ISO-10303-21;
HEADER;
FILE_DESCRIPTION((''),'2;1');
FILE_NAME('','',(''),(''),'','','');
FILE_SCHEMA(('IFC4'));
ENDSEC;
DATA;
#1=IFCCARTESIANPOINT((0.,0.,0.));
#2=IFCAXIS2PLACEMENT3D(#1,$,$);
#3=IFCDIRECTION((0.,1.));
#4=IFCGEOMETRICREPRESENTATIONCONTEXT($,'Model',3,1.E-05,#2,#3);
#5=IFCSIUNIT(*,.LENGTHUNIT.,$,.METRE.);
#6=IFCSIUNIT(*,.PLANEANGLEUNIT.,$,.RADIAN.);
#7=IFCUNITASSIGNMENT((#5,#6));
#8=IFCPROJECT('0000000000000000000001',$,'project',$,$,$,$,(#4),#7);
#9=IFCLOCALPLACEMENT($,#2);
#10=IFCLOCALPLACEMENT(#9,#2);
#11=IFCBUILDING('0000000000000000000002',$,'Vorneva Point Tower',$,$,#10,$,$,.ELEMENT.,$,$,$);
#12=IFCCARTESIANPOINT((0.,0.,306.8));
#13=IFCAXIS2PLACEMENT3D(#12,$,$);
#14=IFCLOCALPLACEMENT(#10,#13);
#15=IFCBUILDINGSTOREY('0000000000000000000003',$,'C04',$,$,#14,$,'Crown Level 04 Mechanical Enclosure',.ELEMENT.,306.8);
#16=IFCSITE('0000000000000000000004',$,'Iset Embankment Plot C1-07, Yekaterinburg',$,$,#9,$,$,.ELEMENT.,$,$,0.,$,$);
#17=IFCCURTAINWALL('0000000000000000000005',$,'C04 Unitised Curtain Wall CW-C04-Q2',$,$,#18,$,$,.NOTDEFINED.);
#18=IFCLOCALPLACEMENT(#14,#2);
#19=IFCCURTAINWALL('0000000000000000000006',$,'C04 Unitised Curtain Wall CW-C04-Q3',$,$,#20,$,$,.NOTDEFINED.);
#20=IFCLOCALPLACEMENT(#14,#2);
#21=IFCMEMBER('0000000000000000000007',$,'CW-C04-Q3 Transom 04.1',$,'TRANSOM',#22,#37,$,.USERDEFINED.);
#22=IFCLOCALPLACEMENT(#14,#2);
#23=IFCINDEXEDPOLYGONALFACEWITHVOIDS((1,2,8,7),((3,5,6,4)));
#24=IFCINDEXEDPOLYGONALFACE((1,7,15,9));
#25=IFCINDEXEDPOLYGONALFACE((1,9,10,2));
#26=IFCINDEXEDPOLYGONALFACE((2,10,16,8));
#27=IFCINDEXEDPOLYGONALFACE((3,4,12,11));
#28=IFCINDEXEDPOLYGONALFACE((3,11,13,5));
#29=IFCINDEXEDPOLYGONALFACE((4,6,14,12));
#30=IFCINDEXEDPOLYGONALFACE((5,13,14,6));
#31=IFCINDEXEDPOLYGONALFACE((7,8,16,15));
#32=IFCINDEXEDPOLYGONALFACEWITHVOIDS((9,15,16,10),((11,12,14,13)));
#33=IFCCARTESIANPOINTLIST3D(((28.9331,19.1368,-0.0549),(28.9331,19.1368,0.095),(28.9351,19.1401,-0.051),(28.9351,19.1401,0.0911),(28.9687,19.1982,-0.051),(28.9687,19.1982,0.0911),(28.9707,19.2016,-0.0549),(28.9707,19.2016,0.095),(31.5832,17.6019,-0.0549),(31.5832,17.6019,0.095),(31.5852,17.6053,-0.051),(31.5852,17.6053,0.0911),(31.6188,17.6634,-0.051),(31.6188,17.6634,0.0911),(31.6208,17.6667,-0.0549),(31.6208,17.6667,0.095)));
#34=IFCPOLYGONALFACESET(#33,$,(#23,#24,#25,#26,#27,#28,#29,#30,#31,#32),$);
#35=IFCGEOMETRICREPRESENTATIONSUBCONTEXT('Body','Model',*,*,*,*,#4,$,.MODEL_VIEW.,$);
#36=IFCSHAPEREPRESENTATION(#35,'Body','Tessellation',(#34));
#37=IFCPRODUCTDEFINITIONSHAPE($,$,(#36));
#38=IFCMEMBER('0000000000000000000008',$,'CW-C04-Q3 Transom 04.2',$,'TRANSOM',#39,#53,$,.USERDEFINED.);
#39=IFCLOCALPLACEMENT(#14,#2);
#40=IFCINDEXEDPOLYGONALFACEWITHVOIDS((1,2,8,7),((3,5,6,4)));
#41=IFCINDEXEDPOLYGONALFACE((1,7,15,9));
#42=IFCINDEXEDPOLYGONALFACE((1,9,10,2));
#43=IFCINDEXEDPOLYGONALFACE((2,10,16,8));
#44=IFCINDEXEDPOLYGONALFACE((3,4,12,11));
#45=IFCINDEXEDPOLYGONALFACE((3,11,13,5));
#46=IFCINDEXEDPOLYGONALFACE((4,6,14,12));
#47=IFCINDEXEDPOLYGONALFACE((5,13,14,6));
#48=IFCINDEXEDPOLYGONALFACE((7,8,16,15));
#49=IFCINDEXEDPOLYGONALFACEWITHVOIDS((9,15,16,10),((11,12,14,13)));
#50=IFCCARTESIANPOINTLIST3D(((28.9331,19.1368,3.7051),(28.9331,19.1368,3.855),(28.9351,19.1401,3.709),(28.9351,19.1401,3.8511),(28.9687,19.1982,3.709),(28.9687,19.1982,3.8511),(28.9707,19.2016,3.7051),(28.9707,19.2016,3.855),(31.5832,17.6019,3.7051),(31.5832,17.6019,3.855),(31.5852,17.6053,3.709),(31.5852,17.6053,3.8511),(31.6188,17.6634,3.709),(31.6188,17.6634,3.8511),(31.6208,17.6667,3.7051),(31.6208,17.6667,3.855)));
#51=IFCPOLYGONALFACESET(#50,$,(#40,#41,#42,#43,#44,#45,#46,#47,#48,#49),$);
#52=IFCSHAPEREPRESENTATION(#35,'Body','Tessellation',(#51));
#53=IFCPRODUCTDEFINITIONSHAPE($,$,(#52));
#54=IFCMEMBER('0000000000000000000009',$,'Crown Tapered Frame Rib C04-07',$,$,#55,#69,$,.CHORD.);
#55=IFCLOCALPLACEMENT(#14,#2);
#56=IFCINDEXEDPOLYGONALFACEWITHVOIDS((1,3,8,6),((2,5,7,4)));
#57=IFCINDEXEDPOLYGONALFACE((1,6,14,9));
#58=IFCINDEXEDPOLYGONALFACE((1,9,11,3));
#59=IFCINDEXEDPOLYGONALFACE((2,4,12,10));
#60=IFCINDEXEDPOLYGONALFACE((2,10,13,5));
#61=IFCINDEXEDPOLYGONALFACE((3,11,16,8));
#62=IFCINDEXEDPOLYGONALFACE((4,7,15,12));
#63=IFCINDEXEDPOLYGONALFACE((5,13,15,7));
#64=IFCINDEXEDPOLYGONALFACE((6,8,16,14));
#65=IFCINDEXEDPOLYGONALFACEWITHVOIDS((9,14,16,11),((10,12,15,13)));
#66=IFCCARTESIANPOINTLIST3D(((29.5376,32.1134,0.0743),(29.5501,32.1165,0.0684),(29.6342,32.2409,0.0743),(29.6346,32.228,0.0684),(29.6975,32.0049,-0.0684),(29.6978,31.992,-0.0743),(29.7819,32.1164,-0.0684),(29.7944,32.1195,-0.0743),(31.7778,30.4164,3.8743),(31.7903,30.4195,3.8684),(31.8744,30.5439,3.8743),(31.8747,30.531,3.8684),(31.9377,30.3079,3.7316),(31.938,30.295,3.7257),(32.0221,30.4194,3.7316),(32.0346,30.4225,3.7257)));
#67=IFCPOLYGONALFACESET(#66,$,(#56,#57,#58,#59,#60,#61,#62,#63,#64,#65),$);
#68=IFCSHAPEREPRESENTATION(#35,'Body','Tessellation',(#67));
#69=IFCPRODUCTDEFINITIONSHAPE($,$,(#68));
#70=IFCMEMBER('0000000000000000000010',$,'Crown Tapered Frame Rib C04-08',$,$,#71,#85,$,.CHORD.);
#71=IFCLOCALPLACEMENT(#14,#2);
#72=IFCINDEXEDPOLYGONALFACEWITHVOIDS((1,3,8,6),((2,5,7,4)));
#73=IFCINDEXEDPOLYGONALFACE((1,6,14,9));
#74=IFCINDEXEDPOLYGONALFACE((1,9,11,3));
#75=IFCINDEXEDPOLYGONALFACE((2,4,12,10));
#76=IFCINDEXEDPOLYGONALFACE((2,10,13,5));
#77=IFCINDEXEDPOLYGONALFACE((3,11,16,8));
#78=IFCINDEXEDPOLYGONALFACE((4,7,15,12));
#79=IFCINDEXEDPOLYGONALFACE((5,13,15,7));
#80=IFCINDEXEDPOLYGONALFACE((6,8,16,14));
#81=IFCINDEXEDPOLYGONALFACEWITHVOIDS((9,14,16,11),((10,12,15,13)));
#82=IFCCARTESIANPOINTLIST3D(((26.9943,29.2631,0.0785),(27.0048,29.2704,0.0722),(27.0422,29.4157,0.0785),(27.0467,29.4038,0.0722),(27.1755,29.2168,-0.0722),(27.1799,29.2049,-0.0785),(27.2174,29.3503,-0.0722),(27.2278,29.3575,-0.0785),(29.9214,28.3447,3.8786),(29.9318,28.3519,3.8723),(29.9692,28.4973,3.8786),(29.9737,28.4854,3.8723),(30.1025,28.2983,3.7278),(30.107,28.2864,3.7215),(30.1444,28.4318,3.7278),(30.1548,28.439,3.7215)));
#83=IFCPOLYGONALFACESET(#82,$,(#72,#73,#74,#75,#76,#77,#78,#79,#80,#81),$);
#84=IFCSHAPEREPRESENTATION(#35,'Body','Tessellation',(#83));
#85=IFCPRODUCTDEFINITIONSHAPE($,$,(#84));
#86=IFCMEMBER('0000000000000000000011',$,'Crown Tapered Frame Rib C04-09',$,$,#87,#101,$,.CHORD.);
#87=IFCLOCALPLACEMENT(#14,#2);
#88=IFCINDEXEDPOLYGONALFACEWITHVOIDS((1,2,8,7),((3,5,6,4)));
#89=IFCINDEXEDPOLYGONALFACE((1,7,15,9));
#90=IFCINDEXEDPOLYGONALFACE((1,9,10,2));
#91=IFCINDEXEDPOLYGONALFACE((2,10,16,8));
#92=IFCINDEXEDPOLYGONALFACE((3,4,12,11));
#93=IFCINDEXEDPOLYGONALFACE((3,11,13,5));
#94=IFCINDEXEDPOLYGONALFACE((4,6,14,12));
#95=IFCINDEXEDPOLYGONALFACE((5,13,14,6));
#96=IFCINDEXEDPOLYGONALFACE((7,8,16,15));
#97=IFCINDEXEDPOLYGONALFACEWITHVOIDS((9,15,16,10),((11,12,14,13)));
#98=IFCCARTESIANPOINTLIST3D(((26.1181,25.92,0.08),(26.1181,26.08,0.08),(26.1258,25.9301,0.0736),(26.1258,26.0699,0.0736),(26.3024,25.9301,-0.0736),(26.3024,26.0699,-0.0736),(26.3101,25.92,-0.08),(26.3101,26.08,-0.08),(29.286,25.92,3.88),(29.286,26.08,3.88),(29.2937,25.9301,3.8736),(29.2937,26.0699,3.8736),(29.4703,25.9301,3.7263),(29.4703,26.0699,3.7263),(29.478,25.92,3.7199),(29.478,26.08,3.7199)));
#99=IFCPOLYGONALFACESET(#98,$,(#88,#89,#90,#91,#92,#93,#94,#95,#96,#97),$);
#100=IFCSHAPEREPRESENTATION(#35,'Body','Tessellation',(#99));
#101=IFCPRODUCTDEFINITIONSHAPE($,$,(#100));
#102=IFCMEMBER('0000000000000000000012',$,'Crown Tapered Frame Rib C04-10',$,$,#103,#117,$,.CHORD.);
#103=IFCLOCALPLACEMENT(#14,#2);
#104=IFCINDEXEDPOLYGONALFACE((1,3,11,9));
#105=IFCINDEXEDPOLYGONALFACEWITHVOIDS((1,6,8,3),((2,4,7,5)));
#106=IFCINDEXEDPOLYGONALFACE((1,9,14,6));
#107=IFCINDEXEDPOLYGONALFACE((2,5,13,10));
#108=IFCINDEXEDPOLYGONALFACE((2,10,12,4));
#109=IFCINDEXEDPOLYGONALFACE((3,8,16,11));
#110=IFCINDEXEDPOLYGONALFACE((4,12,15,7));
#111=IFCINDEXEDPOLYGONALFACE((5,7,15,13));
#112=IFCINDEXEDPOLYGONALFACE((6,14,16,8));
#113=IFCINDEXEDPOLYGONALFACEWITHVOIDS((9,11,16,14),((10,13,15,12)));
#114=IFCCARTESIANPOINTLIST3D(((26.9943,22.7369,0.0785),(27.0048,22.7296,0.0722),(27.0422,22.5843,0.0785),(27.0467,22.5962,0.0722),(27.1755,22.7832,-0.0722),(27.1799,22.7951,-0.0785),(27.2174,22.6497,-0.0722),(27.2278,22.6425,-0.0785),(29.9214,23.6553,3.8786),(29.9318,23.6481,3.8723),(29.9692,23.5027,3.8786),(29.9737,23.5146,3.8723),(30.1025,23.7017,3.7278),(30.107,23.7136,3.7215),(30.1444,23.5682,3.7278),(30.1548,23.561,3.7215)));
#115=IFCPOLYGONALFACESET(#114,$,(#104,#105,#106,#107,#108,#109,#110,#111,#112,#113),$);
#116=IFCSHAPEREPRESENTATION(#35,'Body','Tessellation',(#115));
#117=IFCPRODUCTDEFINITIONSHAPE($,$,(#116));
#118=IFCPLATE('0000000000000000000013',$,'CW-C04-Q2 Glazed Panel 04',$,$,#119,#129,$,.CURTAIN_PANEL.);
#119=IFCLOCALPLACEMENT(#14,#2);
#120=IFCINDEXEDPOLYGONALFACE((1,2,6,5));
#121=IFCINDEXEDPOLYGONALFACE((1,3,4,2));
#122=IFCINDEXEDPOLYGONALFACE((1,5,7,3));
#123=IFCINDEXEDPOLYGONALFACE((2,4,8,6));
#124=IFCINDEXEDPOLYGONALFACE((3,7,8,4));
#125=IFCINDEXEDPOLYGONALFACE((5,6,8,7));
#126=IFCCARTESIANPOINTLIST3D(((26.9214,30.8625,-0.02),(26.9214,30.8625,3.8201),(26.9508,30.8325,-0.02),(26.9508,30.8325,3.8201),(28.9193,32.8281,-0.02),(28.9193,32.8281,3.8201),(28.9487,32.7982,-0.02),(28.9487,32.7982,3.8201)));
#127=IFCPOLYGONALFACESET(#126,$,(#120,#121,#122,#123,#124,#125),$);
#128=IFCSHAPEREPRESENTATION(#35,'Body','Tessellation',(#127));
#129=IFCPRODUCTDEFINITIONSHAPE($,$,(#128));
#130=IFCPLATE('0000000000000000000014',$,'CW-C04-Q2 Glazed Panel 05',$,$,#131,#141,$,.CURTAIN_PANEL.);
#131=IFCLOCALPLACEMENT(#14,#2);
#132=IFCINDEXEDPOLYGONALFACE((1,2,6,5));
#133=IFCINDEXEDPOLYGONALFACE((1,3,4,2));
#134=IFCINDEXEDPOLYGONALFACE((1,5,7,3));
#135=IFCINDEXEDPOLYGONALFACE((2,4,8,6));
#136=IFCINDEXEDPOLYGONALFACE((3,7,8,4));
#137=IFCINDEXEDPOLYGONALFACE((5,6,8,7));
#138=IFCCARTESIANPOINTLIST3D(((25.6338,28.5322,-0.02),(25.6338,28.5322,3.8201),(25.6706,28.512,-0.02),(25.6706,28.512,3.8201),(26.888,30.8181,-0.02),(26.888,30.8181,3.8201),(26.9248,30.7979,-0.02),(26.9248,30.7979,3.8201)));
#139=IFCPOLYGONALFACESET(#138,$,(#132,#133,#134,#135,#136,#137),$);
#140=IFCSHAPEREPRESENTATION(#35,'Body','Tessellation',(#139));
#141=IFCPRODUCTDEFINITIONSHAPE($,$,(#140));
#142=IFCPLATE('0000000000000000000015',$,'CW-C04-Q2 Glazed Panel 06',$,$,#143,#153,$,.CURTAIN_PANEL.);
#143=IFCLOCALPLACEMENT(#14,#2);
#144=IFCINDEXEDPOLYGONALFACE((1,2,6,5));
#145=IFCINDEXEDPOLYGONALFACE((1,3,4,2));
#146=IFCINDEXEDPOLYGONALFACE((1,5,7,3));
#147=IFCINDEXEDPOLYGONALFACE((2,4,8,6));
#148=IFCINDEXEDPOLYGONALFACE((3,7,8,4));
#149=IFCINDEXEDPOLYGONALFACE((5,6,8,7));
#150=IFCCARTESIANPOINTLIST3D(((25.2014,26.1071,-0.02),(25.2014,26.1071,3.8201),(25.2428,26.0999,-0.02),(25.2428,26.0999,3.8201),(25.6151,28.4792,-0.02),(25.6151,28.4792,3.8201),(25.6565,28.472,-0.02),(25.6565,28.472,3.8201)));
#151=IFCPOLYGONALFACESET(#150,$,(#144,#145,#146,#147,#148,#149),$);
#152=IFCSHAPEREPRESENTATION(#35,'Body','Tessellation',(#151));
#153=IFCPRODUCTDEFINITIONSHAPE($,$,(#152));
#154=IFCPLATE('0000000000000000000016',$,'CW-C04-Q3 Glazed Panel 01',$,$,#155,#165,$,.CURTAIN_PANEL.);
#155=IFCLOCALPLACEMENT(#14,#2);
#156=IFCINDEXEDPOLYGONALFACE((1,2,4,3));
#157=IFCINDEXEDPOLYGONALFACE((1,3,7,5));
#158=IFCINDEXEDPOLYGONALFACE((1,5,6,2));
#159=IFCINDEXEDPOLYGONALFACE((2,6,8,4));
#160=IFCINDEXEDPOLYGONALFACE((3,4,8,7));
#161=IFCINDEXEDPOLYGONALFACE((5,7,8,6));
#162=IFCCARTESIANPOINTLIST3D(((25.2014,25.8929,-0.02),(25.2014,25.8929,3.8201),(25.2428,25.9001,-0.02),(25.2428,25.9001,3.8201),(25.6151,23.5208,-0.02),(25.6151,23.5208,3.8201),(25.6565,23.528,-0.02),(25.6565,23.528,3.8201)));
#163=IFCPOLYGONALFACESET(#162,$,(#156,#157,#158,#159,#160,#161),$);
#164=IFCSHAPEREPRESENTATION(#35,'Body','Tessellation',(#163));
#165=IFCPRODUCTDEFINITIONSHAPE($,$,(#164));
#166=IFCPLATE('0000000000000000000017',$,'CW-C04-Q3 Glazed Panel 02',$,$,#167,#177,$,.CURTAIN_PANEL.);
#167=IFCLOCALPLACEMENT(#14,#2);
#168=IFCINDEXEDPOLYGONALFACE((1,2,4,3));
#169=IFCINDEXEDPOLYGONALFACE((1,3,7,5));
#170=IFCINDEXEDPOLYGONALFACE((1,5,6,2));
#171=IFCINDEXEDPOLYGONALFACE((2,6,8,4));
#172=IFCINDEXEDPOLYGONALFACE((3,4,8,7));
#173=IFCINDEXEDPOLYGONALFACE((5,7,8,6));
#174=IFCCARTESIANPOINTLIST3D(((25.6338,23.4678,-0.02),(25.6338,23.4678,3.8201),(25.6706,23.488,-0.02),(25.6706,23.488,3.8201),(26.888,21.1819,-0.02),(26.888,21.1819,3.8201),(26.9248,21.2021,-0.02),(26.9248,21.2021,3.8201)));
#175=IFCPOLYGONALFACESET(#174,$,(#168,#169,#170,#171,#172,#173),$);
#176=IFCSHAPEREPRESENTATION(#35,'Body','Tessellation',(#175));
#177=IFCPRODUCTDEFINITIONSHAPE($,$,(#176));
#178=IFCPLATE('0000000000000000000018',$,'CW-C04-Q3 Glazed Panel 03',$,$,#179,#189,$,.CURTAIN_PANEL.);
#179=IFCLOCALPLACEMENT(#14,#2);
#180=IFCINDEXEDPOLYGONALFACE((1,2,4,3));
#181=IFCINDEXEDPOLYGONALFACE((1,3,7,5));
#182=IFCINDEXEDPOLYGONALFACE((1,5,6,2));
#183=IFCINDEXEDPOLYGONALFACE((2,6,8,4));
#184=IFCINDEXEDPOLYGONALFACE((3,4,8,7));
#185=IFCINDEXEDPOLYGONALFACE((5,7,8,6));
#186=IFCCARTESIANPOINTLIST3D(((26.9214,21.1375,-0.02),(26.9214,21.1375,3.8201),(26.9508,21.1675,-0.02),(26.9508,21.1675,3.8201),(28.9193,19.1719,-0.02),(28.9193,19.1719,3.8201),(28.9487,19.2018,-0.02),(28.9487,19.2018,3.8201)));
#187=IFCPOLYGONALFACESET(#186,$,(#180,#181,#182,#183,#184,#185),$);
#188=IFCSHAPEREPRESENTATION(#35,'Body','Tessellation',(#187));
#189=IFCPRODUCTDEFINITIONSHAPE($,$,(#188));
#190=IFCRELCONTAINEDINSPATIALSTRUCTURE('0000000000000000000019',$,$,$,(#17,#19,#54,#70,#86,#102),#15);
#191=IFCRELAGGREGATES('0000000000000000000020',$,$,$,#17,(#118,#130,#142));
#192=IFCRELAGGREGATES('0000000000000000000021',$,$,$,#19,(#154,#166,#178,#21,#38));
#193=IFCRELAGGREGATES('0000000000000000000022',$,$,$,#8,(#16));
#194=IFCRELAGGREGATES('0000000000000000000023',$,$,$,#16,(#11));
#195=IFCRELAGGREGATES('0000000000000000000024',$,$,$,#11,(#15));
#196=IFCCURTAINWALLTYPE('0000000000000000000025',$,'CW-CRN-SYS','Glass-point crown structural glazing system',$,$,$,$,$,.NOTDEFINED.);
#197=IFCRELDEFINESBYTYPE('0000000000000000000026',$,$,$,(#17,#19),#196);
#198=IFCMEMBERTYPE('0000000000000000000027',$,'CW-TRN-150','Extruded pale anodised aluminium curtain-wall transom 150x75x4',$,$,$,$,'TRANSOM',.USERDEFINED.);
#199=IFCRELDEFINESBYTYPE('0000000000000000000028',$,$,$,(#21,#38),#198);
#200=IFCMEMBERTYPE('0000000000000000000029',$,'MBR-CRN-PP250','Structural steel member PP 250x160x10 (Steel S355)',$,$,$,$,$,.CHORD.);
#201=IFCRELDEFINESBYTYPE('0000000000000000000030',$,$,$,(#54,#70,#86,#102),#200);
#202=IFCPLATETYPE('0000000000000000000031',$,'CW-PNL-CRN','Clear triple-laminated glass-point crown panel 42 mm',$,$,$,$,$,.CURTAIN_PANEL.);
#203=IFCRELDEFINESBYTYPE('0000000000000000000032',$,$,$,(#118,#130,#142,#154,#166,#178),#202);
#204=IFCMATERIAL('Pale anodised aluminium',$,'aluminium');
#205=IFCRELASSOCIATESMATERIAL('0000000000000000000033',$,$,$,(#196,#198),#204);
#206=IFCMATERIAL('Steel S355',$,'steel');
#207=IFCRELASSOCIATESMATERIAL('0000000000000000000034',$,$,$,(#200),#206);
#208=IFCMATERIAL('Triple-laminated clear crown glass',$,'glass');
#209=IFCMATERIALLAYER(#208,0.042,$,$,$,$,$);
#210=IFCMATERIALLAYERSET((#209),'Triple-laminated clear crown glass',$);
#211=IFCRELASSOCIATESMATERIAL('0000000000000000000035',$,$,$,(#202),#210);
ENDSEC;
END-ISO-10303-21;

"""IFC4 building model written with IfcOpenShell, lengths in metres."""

from ifc_helpers import new_model, si_unit, direction, frame, origin, origin_2d, place, context, subcontext, project, spatial, rectangle, hollow_rectangle, extrude, material, layer, layer_set, material_profile, profile_set, type_object, element, aggregate, save


model = new_model("IFC4")

# Units and contexts
model_context = context("Model", 3, precision=1e-05, world=origin(), true_north=direction((0.0, 1.0)))
body_context = subcontext(model_context, "Body", "Model", "MODEL_VIEW")
ifc_project = project(units=[si_unit("LENGTHUNIT", "METRE"), si_unit("PLANEANGLEUNIT", "RADIAN")], contexts=[model_context])

# Site, building, storey
site_placement = place(None, origin())
site = spatial("IfcSite", under=ifc_project, at=site_placement, Name="Iset Embankment Plot C1-07, Yekaterinburg", CompositionType="ELEMENT", RefElevation=0.0)
building_placement = place(site_placement, origin())
building = spatial("IfcBuilding", under=site, at=building_placement, Name="Vorneva Point Tower", CompositionType="ELEMENT")
storey_placement = place(building_placement, frame((0.0, 0.0, 306.8)))
storey = spatial("IfcBuildingStorey", under=building, at=storey_placement, Name="C04", LongName="Crown Level 04 Mechanical Enclosure", CompositionType="ELEMENT", Elevation=306.8)

# Shared definitions
ifc_material_1 = material(Name="Steel S355", Category="steel")

# Curtain walls
ifc_material_2 = material(Name="Pale anodised aluminium", Category="aluminium")
curtain_wall_type = type_object("IfcCurtainWallType", Name="CW-CRN-SYS", Description="Glass-point crown structural glazing system", PredefinedType="NOTDEFINED", material=ifc_material_2)
curtain_wall_1_placement = place(storey_placement, origin())
curtain_wall_1 = element("IfcCurtainWall", 1, at=curtain_wall_1_placement, inside=storey, type_object=curtain_wall_type, Name="C04 Unitised Curtain Wall CW-C04-Q2", PredefinedType="NOTDEFINED")
curtain_wall_2_placement = place(storey_placement, origin())
curtain_wall_2 = element("IfcCurtainWall", 2, at=curtain_wall_2_placement, inside=storey, type_object=curtain_wall_type, Name="C04 Unitised Curtain Wall CW-C04-Q3", PredefinedType="NOTDEFINED")

# Members
ifc_material_profile_1 = material_profile(ifc_material_2, hollow_rectangle(XDim=0.075, YDim=0.1499, WallThickness=0.0039, at=origin_2d()), Name="AL-TRN 150x75x4")
ifc_profile_set_1 = profile_set([ifc_material_profile_1], Name="Pale anodised aluminium")
member_type_1 = type_object("IfcMemberType", Name="CW-TRN-150", Description="Extruded pale anodised aluminium curtain-wall transom 150x75x4", ElementType="TRANSOM", PredefinedType="USERDEFINED", material=ifc_profile_set_1)
member_1_placement = place(storey_placement, frame((28.9519, 19.1692, 0.02), z_axis=(0.865339, -0.501187, 0.0), x_axis=(0.501187, 0.865339, 0.0)))
member_1 = element("IfcMember", 3, at=member_1_placement, type_object=member_type_1, Name="CW-C04-Q3 Transom 04.1", ObjectType="TRANSOM", PredefinedType="USERDEFINED", context=body_context, shape_type="SweptSolid", body=[
    extrude(hollow_rectangle(XDim=0.075, YDim=0.1499, WallThickness=0.0039, at=origin_2d()), origin(), (0.0, 0.0, 1.0), 3.0625),
])
member_2_placement = place(storey_placement, frame((28.9519, 19.1692, 3.78), z_axis=(0.865339, -0.501187, 0.0), x_axis=(0.501187, 0.865339, 0.0)))
member_2 = element("IfcMember", 4, at=member_2_placement, type_object=member_type_1, Name="CW-C04-Q3 Transom 04.2", ObjectType="TRANSOM", PredefinedType="USERDEFINED", context=body_context, shape_type="SweptSolid", body=[
    extrude(hollow_rectangle(XDim=0.075, YDim=0.1499, WallThickness=0.0039, at=origin_2d()), origin(), (0.0, 0.0, 1.0), 3.0625),
])

# Members
ifc_material_profile_2 = material_profile(ifc_material_1, hollow_rectangle(XDim=0.1599, YDim=0.25, WallThickness=0.01, at=origin_2d()), Name="PP 250x160x10")
ifc_profile_set_2 = profile_set([ifc_material_profile_2], Name="Steel S355")
member_type_2 = type_object("IfcMemberType", Name="MBR-CRN-PP250", Description="Structural steel member PP 250x160x10 (Steel S355)", PredefinedType="CHORD", material=ifc_profile_set_2)
member_3_placement = place(storey_placement, frame((29.666, 32.1165, 0.0), z_axis=(0.473983, -0.359051, 0.804004), x_axis=(0.603829, 0.797114, 0.0)))
element("IfcMember", 5, at=member_3_placement, inside=storey, type_object=member_type_2, Name="Crown Tapered Frame Rib C04-07", PredefinedType="CHORD", context=body_context, shape_type="SweptSolid", body=[
    extrude(hollow_rectangle(XDim=0.1599, YDim=0.25, WallThickness=0.01, at=origin_2d()), origin(), (0.0, 0.0, 1.0), 4.7263),
])
member_4_placement = place(storey_placement, frame((27.1111, 29.3103, 0.0), z_axis=(0.599332, -0.188063, 0.778096), x_axis=(0.299394, 0.95413, 0.0)))
element("IfcMember", 6, at=member_4_placement, inside=storey, type_object=member_type_2, Name="Crown Tapered Frame Rib C04-08", PredefinedType="CHORD", context=body_context, shape_type="SweptSolid", body=[
    extrude(hollow_rectangle(XDim=0.1599, YDim=0.25, WallThickness=0.01, at=origin_2d()), origin(), (0.0, 0.0, 1.0), 4.8838),
])
member_5_placement = place(storey_placement, frame((26.2141, 26.0, 0.0), z_axis=(0.640335, 0.0, 0.768096), x_axis=(0.0, 1.0, 0.0)))
element("IfcMember", 7, at=member_5_placement, inside=storey, type_object=member_type_2, Name="Crown Tapered Frame Rib C04-09", PredefinedType="CHORD", context=body_context, shape_type="SweptSolid", body=[
    extrude(hollow_rectangle(XDim=0.1599, YDim=0.25, WallThickness=0.01, at=origin_2d()), origin(), (0.0, 0.0, 1.0), 4.9473),
])
member_6_placement = place(storey_placement, frame((27.1111, 22.6897, 0.0), z_axis=(0.599332, 0.188063, 0.778096), x_axis=(-0.299394, 0.95413, 0.0)))
element("IfcMember", 8, at=member_6_placement, inside=storey, type_object=member_type_2, Name="Crown Tapered Frame Rib C04-10", PredefinedType="CHORD", context=body_context, shape_type="SweptSolid", body=[
    extrude(hollow_rectangle(XDim=0.1599, YDim=0.25, WallThickness=0.01, at=origin_2d()), origin(), (0.0, 0.0, 1.0), 4.8838),
])

# Plates
ifc_material_3 = material(Name="Triple-laminated clear crown glass", Category="glass")
ifc_layer_1 = layer(ifc_material_3, 0.042)
ifc_layer_set_1 = layer_set([ifc_layer_1], Name="Triple-laminated clear crown glass")
plate_type = type_object("IfcPlateType", Name="CW-PNL-CRN", Description="Clear triple-laminated glass-point crown panel 42 mm", PredefinedType="CURTAIN_PANEL", material=ifc_layer_set_1)
plate_1_placement = place(storey_placement, frame((27.9351, 31.8303, -0.02), z_axis=(0.0, 0.0, 1.0), x_axis=(-0.712847, -0.70132, 0.0)))
plate_1 = element("IfcPlate", 9, at=plate_1_placement, type_object=plate_type, Name="CW-C04-Q2 Glazed Panel 04", PredefinedType="CURTAIN_PANEL", context=body_context, shape_type="SweptSolid", body=[
    extrude(rectangle(XDim=2.8027, YDim=0.042, at=origin_2d()), origin(), (0.0, 0.0, 1.0), 3.8401),
])
plate_2_placement = place(storey_placement, frame((26.2793, 29.665, -0.02), z_axis=(0.0, 0.0, 1.0), x_axis=(-0.481019, -0.87671, 0.0)))
plate_2 = element("IfcPlate", 10, at=plate_2_placement, type_object=plate_type, Name="CW-C04-Q2 Glazed Panel 05", PredefinedType="CURTAIN_PANEL", context=body_context, shape_type="SweptSolid", body=[
    extrude(rectangle(XDim=2.6074, YDim=0.042, at=origin_2d()), origin(), (0.0, 0.0, 1.0), 3.8401),
])
plate_3_placement = place(storey_placement, frame((25.429, 27.2896, -0.02), z_axis=(0.0, 0.0, 1.0), x_axis=(-0.171809, -0.98513, 0.0)))
plate_3 = element("IfcPlate", 11, at=plate_3_placement, type_object=plate_type, Name="CW-C04-Q2 Glazed Panel 06", PredefinedType="CURTAIN_PANEL", context=body_context, shape_type="SweptSolid", body=[
    extrude(rectangle(XDim=2.408, YDim=0.042, at=origin_2d()), origin(), (0.0, 0.0, 1.0), 3.8401),
])
aggregate(curtain_wall_1, [plate_1, plate_2, plate_3])
plate_4_placement = place(storey_placement, frame((25.429, 24.7104, -0.02), z_axis=(0.0, 0.0, 1.0), x_axis=(0.171809, -0.98513, 0.0)))
plate_4 = element("IfcPlate", 12, at=plate_4_placement, type_object=plate_type, Name="CW-C04-Q3 Glazed Panel 01", PredefinedType="CURTAIN_PANEL", context=body_context, shape_type="SweptSolid", body=[
    extrude(rectangle(XDim=2.408, YDim=0.042, at=origin_2d()), origin(), (0.0, 0.0, 1.0), 3.8401),
])
plate_5_placement = place(storey_placement, frame((26.2793, 22.335, -0.02), z_axis=(0.0, 0.0, 1.0), x_axis=(0.481019, -0.87671, 0.0)))
plate_5 = element("IfcPlate", 13, at=plate_5_placement, type_object=plate_type, Name="CW-C04-Q3 Glazed Panel 02", PredefinedType="CURTAIN_PANEL", context=body_context, shape_type="SweptSolid", body=[
    extrude(rectangle(XDim=2.6074, YDim=0.042, at=origin_2d()), origin(), (0.0, 0.0, 1.0), 3.8401),
])
plate_6_placement = place(storey_placement, frame((27.9351, 20.1697, -0.02), z_axis=(0.0, 0.0, 1.0), x_axis=(0.712847, -0.70132, 0.0)))
plate_6 = element("IfcPlate", 14, at=plate_6_placement, type_object=plate_type, Name="CW-C04-Q3 Glazed Panel 03", PredefinedType="CURTAIN_PANEL", context=body_context, shape_type="SweptSolid", body=[
    extrude(rectangle(XDim=2.8027, YDim=0.042, at=origin_2d()), origin(), (0.0, 0.0, 1.0), 3.8401),
])
aggregate(curtain_wall_2, [plate_4, plate_5, plate_6, member_1, member_2])

save(model, "model.ifc")
